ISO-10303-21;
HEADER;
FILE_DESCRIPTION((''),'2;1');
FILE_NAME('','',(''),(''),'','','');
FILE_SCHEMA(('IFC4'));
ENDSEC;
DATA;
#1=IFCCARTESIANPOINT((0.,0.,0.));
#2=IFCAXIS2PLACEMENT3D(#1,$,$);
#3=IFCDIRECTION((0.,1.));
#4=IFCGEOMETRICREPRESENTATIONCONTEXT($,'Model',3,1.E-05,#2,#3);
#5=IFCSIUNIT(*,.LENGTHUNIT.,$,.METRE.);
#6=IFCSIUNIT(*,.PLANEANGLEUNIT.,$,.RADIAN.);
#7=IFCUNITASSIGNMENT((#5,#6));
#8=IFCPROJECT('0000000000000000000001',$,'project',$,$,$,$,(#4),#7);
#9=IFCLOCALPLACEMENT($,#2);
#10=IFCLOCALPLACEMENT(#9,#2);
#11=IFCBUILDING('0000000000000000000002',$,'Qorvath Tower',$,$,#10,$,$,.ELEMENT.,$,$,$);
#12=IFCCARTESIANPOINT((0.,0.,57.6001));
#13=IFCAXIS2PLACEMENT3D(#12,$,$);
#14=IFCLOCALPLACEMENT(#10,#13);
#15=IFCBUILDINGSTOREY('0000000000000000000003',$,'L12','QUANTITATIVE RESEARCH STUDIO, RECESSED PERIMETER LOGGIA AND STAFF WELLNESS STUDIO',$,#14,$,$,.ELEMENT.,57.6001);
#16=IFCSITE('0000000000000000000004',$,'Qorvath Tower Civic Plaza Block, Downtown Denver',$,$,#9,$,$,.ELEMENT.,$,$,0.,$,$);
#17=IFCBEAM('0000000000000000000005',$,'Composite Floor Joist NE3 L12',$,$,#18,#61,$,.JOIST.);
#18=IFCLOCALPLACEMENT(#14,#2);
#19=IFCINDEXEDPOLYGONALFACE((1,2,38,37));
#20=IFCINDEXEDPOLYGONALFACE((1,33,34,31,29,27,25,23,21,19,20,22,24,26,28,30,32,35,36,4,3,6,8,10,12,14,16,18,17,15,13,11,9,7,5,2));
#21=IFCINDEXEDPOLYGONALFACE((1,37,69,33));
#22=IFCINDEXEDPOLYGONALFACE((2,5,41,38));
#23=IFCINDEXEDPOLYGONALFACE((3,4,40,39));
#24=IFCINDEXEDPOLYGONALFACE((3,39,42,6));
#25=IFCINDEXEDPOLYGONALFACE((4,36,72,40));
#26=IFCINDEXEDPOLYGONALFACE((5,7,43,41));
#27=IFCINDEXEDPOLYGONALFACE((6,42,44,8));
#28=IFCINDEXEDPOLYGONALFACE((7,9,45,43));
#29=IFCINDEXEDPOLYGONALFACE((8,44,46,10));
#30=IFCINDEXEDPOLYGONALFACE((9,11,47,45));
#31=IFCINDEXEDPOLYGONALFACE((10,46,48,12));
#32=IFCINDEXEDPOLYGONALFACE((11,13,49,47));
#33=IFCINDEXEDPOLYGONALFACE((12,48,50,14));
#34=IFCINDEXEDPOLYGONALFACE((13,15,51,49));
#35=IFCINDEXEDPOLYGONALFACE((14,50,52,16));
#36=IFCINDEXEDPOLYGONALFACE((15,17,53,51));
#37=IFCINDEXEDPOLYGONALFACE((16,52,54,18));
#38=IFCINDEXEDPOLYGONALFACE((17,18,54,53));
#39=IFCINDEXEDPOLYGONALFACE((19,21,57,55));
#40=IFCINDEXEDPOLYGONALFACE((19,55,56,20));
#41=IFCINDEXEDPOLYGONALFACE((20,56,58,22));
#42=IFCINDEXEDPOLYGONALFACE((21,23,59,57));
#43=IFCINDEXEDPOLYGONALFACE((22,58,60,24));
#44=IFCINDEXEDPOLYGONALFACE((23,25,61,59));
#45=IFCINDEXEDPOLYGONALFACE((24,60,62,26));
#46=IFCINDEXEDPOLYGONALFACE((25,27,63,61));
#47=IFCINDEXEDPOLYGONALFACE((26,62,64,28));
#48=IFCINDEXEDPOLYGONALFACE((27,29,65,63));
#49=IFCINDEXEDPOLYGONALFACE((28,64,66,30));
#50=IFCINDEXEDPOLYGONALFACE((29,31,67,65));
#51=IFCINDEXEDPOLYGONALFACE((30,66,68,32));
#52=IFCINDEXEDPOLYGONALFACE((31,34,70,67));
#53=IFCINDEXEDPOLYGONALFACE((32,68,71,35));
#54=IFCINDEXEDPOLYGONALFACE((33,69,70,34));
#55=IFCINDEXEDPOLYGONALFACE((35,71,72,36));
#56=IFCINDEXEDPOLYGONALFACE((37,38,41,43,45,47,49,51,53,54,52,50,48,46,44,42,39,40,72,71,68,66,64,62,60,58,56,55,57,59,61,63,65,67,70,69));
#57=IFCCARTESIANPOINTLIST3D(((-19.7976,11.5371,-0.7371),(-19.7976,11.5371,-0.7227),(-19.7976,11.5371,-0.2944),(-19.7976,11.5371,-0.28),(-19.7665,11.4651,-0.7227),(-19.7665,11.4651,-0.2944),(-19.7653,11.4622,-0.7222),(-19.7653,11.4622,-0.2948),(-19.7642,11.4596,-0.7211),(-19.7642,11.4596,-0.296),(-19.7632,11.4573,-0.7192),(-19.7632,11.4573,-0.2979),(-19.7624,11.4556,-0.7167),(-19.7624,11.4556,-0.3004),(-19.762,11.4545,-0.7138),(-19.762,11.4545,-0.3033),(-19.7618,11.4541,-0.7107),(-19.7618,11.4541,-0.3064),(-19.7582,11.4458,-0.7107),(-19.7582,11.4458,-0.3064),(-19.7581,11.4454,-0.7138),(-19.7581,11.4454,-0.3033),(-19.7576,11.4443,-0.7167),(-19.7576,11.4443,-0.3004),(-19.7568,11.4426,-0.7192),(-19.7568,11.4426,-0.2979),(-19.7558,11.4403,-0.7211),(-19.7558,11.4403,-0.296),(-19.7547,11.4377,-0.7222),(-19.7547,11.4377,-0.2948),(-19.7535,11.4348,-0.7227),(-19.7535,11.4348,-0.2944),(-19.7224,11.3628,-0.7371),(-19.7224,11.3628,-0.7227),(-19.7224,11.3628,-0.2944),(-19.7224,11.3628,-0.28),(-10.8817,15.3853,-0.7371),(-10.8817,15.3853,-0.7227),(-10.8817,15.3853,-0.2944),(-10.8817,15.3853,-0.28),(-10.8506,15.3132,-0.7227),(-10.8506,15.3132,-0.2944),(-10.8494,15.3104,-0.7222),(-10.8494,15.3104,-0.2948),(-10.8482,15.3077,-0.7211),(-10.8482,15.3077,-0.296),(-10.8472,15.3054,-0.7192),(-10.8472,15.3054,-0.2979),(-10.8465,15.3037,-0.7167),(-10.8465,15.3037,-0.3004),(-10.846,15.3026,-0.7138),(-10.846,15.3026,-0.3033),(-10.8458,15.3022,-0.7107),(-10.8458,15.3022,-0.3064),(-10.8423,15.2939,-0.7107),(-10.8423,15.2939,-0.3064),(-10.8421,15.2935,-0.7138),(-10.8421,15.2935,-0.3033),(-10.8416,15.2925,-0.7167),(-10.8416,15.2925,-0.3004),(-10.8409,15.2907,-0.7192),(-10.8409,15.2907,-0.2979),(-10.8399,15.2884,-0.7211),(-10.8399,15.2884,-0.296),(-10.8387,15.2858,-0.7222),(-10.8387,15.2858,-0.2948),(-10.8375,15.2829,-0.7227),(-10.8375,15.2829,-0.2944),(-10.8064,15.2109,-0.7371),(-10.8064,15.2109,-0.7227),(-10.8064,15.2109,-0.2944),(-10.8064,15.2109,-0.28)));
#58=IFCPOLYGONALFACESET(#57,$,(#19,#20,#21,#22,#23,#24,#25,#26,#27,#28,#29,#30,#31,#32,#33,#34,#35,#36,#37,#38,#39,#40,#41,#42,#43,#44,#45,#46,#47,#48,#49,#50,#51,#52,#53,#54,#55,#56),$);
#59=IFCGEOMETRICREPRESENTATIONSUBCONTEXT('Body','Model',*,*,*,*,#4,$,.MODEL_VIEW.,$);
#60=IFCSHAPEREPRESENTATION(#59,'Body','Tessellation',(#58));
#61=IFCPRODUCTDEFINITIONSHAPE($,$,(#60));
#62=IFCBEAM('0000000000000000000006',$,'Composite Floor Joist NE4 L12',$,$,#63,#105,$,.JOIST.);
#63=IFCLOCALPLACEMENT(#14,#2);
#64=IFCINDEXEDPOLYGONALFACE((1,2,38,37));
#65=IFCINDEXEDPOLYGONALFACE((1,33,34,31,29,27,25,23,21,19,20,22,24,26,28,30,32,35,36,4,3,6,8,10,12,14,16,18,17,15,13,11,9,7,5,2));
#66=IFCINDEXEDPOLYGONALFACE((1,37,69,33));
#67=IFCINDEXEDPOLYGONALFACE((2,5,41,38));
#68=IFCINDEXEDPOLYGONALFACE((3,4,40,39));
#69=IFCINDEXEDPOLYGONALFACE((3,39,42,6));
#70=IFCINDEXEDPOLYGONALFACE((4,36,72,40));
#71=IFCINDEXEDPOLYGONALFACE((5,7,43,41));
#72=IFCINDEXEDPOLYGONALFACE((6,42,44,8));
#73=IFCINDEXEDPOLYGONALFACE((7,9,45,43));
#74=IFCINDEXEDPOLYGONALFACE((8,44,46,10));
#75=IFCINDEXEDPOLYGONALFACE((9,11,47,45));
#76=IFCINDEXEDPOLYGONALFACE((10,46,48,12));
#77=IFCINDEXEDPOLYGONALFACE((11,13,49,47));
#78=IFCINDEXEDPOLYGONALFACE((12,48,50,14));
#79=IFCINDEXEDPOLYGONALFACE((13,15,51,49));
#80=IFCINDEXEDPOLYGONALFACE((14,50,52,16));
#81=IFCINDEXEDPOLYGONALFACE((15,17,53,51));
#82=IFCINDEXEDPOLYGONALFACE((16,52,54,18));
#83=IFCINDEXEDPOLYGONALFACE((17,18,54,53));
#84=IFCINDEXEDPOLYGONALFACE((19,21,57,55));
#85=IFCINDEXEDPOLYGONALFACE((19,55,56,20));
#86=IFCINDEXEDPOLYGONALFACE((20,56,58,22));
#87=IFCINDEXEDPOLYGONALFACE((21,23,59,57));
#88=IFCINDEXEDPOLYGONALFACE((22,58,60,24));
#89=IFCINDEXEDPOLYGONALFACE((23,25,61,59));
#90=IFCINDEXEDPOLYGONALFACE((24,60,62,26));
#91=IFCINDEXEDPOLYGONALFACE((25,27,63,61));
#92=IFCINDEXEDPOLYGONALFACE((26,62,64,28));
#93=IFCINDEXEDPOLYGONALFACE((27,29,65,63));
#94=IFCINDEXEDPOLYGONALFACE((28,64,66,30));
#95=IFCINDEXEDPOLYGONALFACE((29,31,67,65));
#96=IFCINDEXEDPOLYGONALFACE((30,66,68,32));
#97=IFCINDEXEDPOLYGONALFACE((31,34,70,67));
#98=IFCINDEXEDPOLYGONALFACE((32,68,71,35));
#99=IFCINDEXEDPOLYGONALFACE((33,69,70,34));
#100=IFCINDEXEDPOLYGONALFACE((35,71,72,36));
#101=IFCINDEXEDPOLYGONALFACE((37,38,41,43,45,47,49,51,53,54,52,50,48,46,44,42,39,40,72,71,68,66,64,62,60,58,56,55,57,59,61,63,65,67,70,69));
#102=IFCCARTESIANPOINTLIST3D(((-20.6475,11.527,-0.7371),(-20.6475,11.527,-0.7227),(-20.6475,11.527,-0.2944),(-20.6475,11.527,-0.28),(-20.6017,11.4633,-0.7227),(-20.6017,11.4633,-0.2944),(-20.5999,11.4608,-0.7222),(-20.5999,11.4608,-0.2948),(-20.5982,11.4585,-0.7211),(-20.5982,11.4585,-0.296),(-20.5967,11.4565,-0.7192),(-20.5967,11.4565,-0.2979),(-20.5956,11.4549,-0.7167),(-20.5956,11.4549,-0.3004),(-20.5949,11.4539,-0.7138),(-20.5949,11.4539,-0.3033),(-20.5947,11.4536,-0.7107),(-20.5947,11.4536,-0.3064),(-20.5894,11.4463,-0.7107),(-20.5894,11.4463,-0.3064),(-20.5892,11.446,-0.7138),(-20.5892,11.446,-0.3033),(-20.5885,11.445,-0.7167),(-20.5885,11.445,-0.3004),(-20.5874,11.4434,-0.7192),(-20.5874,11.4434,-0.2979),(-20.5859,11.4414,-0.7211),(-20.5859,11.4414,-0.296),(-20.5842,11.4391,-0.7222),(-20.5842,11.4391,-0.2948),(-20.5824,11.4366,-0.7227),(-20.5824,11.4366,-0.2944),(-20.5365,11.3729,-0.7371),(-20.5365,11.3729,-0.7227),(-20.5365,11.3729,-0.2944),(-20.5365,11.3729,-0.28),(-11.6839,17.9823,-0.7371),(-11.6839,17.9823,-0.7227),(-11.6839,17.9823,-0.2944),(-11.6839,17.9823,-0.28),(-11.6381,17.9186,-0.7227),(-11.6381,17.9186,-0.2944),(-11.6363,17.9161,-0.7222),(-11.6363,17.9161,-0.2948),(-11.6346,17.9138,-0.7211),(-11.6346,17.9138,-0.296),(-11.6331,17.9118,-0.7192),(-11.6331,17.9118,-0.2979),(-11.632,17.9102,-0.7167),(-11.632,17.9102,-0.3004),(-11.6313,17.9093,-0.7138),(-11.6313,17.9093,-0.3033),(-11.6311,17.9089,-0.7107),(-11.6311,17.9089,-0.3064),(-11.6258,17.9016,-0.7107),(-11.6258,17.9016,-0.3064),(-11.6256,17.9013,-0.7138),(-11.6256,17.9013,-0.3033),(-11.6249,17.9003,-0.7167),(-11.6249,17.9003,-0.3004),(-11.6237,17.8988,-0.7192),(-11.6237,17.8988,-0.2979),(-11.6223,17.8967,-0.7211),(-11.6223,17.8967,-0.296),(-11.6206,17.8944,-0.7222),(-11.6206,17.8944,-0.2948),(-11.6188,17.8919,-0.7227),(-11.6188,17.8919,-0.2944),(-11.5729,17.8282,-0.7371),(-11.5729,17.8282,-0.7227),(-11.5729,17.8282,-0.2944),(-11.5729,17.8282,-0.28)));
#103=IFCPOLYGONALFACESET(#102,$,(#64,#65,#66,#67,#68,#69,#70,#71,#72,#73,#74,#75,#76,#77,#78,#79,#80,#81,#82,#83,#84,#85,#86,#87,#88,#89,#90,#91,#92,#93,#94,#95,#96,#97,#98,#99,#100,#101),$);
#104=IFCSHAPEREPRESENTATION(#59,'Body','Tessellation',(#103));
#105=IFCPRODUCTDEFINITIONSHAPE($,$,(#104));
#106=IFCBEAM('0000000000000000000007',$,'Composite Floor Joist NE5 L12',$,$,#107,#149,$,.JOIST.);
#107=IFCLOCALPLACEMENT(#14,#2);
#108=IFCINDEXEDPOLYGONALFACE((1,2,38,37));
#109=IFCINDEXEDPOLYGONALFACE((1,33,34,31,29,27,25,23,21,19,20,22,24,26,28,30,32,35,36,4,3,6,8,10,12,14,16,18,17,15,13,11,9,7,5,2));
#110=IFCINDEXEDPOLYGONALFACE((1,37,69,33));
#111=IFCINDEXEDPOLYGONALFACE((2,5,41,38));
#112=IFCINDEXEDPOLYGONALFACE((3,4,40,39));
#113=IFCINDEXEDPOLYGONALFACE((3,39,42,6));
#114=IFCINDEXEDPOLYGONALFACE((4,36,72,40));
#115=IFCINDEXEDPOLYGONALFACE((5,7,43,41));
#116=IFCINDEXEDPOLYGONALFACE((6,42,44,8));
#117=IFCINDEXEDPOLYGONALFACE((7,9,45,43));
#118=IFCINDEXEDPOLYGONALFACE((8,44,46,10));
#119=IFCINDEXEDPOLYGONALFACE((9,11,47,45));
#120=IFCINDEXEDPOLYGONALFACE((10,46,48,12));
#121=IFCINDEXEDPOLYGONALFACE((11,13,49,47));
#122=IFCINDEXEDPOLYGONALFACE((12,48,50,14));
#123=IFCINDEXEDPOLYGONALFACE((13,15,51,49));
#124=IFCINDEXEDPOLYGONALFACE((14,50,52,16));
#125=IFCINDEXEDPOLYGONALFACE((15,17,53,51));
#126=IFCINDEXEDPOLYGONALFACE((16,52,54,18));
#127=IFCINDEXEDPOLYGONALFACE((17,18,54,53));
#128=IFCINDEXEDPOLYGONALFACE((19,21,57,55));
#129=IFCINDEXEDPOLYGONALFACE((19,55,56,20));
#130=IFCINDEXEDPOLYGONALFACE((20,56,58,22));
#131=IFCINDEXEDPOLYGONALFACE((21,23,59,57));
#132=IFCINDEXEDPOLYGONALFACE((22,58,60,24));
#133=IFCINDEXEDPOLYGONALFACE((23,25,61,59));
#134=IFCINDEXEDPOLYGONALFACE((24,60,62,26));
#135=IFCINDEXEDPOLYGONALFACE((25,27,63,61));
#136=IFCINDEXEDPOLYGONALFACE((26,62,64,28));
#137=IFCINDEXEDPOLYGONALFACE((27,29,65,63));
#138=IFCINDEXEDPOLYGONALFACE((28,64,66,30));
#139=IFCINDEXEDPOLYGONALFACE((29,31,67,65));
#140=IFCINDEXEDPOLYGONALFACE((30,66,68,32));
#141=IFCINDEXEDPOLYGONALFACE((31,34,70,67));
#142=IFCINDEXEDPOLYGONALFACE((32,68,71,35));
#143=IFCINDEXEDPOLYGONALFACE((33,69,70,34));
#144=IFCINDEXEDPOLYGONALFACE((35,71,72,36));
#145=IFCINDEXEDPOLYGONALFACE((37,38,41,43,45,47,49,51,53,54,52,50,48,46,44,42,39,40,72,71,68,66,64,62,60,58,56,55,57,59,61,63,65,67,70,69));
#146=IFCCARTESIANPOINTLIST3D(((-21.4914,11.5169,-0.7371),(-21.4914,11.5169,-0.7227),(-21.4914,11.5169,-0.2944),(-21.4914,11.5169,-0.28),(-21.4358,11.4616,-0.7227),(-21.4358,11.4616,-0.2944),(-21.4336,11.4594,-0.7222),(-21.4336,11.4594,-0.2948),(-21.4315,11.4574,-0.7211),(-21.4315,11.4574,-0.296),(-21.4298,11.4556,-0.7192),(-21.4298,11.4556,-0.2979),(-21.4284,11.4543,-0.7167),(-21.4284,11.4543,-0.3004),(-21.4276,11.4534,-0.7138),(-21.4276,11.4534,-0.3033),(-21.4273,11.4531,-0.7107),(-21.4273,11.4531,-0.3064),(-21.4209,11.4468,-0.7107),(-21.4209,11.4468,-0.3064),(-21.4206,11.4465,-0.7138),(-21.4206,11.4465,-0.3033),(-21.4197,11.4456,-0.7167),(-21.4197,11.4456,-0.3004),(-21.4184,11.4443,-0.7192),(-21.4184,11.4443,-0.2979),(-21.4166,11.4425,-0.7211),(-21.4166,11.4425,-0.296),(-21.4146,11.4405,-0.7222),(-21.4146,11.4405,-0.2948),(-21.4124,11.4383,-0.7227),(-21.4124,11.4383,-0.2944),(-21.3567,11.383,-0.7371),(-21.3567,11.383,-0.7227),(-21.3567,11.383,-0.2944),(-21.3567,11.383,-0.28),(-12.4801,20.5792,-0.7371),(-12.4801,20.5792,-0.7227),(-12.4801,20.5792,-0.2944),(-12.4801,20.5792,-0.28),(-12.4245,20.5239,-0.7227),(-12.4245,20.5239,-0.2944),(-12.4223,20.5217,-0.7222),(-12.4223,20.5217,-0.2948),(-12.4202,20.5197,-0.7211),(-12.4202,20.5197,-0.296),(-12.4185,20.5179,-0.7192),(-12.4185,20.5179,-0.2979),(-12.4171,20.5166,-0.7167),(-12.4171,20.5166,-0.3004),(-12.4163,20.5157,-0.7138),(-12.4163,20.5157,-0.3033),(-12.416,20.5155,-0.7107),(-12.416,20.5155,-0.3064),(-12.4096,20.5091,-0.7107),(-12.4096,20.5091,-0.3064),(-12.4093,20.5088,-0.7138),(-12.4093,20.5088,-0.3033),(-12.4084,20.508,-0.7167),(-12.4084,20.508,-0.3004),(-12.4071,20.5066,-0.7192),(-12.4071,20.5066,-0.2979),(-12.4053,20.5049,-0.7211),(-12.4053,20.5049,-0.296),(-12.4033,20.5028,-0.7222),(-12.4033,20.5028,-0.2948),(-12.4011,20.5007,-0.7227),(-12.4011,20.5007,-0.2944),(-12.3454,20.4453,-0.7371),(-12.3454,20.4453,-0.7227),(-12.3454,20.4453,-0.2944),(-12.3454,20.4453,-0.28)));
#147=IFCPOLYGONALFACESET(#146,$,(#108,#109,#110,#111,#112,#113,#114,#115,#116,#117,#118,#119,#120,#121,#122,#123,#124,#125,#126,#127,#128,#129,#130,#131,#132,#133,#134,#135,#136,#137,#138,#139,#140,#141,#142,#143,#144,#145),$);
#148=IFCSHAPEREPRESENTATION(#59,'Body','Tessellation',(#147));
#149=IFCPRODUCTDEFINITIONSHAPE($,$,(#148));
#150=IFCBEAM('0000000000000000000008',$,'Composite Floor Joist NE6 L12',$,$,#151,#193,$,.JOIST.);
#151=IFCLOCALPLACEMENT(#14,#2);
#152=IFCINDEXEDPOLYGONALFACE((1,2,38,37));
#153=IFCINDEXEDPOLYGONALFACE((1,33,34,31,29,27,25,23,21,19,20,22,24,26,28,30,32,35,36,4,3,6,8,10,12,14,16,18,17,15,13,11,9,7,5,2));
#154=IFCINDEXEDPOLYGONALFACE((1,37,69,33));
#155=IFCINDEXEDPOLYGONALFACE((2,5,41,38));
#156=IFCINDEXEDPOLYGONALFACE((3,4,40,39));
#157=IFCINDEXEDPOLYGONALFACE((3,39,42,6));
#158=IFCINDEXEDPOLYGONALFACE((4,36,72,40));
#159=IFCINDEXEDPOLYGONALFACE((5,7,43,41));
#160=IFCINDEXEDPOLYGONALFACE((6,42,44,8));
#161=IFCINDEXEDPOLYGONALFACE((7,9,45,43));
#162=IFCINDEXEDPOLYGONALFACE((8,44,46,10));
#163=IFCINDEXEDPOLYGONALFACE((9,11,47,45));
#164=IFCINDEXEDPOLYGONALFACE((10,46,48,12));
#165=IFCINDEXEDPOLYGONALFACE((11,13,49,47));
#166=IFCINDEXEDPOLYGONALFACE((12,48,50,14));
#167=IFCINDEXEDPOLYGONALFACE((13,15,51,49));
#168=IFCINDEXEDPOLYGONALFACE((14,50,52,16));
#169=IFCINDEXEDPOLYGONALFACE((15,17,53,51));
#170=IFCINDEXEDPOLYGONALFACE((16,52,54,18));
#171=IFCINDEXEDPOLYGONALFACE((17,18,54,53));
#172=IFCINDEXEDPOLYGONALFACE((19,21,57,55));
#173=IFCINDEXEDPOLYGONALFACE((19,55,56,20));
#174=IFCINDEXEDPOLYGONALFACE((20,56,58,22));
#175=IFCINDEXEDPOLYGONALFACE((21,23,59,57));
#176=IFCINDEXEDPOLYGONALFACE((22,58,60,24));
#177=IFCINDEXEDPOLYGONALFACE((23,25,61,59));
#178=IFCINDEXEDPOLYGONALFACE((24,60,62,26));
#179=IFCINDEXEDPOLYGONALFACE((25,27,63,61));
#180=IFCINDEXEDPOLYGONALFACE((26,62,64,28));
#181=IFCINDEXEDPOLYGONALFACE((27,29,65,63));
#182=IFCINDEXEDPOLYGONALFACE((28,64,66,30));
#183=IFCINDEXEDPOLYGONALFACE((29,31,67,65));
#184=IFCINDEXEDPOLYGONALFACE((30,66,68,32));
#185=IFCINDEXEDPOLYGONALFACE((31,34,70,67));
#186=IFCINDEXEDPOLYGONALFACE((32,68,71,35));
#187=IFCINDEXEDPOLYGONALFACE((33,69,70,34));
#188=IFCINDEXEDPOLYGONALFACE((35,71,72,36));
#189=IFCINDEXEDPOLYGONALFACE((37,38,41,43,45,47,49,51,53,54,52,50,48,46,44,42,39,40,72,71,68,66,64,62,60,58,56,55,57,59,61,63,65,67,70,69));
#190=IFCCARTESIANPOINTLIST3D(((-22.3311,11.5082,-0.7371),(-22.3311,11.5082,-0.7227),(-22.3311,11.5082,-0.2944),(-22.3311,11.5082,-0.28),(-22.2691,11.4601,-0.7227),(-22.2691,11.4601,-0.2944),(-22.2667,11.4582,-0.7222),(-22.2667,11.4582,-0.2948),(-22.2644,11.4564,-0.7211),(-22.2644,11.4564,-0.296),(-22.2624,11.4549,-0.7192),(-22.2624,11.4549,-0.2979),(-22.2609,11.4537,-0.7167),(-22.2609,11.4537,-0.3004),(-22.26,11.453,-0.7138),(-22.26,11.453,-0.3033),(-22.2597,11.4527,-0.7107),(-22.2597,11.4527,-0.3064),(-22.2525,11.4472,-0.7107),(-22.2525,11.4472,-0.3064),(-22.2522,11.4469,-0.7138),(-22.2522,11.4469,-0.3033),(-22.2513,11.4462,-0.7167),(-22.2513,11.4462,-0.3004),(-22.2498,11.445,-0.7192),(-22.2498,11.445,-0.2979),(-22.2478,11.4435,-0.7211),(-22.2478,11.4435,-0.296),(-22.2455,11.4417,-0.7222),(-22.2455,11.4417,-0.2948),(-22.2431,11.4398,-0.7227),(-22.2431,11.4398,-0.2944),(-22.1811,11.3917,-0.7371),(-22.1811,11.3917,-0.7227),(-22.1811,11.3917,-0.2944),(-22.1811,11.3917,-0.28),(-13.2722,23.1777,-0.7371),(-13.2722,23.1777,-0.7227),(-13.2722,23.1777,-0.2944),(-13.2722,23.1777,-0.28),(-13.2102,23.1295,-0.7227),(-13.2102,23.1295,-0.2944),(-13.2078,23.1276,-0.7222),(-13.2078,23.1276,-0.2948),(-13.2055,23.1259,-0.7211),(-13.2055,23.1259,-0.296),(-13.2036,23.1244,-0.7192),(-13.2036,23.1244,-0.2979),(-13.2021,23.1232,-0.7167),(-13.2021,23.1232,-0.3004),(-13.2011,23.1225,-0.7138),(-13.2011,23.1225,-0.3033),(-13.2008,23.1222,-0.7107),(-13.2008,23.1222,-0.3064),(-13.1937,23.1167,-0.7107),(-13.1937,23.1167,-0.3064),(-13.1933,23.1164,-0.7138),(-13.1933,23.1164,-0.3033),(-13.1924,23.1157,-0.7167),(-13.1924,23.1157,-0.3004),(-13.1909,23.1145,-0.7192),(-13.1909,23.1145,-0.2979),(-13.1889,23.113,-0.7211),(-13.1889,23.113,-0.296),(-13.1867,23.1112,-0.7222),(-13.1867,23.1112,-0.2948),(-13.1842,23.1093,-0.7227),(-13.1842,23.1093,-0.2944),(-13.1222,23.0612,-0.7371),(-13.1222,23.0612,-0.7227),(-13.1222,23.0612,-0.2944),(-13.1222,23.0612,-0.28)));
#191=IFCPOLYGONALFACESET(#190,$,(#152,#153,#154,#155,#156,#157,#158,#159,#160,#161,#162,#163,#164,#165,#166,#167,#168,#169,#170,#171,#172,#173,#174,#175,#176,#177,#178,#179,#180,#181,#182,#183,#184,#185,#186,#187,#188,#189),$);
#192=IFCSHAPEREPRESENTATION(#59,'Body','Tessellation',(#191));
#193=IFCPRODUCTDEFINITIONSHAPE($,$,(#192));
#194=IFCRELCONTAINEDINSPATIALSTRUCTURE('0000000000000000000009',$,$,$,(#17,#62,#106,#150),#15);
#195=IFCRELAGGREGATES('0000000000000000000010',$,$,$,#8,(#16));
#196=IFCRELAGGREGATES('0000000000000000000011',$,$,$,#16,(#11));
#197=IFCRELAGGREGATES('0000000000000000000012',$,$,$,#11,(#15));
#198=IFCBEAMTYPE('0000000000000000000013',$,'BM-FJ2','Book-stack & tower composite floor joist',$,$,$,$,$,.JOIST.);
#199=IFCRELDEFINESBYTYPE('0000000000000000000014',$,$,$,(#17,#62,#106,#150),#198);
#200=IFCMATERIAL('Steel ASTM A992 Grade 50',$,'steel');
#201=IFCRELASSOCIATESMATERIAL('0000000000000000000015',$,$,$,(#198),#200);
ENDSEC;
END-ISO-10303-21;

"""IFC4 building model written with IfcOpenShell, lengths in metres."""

from ifc_helpers import new_model, si_unit, direction, frame, origin, origin_2d, place, context, subcontext, project, spatial, i_section, extrude, material, material_profile, profile_set, type_object, element, save


model = new_model("IFC4")

# Units and contexts
model_context = context("Model", 3, precision=1e-05, world=origin(), true_north=direction((0.0, 1.0)))
body_context = subcontext(model_context, "Body", "Model", "MODEL_VIEW")
ifc_project = project(units=[si_unit("LENGTHUNIT", "METRE"), si_unit("PLANEANGLEUNIT", "RADIAN")], contexts=[model_context])

# Site, building, storey
site_placement = place(None, origin())
site = spatial("IfcSite", under=ifc_project, at=site_placement, Name="Qorvath Tower Civic Plaza Block, Downtown Denver", CompositionType="ELEMENT", RefElevation=0.0)
building_placement = place(site_placement, origin())
building = spatial("IfcBuilding", under=site, at=building_placement, Name="Qorvath Tower", CompositionType="ELEMENT")
storey_placement = place(building_placement, frame((0.0, 0.0, 57.6001)))
storey = spatial("IfcBuildingStorey", under=building, at=storey_placement, Name="L12", Description="QUANTITATIVE RESEARCH STUDIO, RECESSED PERIMETER LOGGIA AND STAFF WELLNESS STUDIO", CompositionType="ELEMENT", Elevation=57.6001)

# Beams
ifc_material_1 = material(Name="Steel ASTM A992 Grade 50", Category="steel")
ifc_material_profile_1 = material_profile(ifc_material_1, i_section(OverallWidth=0.1899, OverallDepth=0.457, WebThickness=0.009, FlangeThickness=0.0144, FilletRadius=0.012, at=origin_2d()), Name="W18x50")
ifc_profile_set_1 = profile_set([ifc_material_profile_1], Name="Steel ASTM A992 Grade 50")
beam_type_1 = type_object("IfcBeamType", Name="BM-FJ2", Description="Book-stack & tower composite floor joist", PredefinedType="JOIST", material=ifc_profile_set_1)
beam_1_placement = place(storey_placement, frame((-19.76, 11.45, -0.5085), z_axis=(0.918136, 0.396266, 0.0), x_axis=(-0.396266, 0.918136, 0.0)))
element("IfcBeam", 1, at=beam_1_placement, inside=storey, type_object=beam_type_1, Name="Composite Floor Joist NE3 L12", PredefinedType="JOIST", context=body_context, shape_type="SweptSolid", body=[
    extrude(i_section(OverallWidth=0.1899, OverallDepth=0.457, WebThickness=0.009, FlangeThickness=0.0144, FilletRadius=0.012, at=origin_2d()), origin(), (0.0, 0.0, 1.0), 9.7109),
])
beam_2_placement = place(storey_placement, frame((-20.592, 11.45, -0.5085), z_axis=(0.811469, 0.584395, 0.0), x_axis=(-0.584395, 0.811469, 0.0)))
element("IfcBeam", 2, at=beam_2_placement, inside=storey, type_object=beam_type_1, Name="Composite Floor Joist NE4 L12", PredefinedType="JOIST", context=body_context, shape_type="SweptSolid", body=[
    extrude(i_section(OverallWidth=0.1899, OverallDepth=0.457, WebThickness=0.009, FlangeThickness=0.0144, FilletRadius=0.012, at=origin_2d()), origin(), (0.0, 0.0, 1.0), 11.0461),
])
beam_3_placement = place(storey_placement, frame((-21.4241, 11.45, -0.5085), z_axis=(0.705108, 0.7091, 0.0), x_axis=(-0.7091, 0.705108, 0.0)))
element("IfcBeam", 3, at=beam_3_placement, inside=storey, type_object=beam_type_1, Name="Composite Floor Joist NE5 L12", PredefinedType="JOIST", context=body_context, shape_type="SweptSolid", body=[
    extrude(i_section(OverallWidth=0.1899, OverallDepth=0.457, WebThickness=0.009, FlangeThickness=0.0144, FilletRadius=0.012, at=origin_2d()), origin(), (0.0, 0.0, 1.0), 12.78),
])
beam_4_placement = place(storey_placement, frame((-22.2561, 11.45, -0.5085), z_axis=(0.613207, 0.789922, 0.0), x_axis=(-0.789922, 0.613207, 0.0)))
element("IfcBeam", 4, at=beam_4_placement, inside=storey, type_object=beam_type_1, Name="Composite Floor Joist NE6 L12", PredefinedType="JOIST", context=body_context, shape_type="SweptSolid", body=[
    extrude(i_section(OverallWidth=0.1899, OverallDepth=0.457, WebThickness=0.009, FlangeThickness=0.0144, FilletRadius=0.012, at=origin_2d()), origin(), (0.0, 0.0, 1.0), 14.7729),
])

save(model, "model.ifc")
